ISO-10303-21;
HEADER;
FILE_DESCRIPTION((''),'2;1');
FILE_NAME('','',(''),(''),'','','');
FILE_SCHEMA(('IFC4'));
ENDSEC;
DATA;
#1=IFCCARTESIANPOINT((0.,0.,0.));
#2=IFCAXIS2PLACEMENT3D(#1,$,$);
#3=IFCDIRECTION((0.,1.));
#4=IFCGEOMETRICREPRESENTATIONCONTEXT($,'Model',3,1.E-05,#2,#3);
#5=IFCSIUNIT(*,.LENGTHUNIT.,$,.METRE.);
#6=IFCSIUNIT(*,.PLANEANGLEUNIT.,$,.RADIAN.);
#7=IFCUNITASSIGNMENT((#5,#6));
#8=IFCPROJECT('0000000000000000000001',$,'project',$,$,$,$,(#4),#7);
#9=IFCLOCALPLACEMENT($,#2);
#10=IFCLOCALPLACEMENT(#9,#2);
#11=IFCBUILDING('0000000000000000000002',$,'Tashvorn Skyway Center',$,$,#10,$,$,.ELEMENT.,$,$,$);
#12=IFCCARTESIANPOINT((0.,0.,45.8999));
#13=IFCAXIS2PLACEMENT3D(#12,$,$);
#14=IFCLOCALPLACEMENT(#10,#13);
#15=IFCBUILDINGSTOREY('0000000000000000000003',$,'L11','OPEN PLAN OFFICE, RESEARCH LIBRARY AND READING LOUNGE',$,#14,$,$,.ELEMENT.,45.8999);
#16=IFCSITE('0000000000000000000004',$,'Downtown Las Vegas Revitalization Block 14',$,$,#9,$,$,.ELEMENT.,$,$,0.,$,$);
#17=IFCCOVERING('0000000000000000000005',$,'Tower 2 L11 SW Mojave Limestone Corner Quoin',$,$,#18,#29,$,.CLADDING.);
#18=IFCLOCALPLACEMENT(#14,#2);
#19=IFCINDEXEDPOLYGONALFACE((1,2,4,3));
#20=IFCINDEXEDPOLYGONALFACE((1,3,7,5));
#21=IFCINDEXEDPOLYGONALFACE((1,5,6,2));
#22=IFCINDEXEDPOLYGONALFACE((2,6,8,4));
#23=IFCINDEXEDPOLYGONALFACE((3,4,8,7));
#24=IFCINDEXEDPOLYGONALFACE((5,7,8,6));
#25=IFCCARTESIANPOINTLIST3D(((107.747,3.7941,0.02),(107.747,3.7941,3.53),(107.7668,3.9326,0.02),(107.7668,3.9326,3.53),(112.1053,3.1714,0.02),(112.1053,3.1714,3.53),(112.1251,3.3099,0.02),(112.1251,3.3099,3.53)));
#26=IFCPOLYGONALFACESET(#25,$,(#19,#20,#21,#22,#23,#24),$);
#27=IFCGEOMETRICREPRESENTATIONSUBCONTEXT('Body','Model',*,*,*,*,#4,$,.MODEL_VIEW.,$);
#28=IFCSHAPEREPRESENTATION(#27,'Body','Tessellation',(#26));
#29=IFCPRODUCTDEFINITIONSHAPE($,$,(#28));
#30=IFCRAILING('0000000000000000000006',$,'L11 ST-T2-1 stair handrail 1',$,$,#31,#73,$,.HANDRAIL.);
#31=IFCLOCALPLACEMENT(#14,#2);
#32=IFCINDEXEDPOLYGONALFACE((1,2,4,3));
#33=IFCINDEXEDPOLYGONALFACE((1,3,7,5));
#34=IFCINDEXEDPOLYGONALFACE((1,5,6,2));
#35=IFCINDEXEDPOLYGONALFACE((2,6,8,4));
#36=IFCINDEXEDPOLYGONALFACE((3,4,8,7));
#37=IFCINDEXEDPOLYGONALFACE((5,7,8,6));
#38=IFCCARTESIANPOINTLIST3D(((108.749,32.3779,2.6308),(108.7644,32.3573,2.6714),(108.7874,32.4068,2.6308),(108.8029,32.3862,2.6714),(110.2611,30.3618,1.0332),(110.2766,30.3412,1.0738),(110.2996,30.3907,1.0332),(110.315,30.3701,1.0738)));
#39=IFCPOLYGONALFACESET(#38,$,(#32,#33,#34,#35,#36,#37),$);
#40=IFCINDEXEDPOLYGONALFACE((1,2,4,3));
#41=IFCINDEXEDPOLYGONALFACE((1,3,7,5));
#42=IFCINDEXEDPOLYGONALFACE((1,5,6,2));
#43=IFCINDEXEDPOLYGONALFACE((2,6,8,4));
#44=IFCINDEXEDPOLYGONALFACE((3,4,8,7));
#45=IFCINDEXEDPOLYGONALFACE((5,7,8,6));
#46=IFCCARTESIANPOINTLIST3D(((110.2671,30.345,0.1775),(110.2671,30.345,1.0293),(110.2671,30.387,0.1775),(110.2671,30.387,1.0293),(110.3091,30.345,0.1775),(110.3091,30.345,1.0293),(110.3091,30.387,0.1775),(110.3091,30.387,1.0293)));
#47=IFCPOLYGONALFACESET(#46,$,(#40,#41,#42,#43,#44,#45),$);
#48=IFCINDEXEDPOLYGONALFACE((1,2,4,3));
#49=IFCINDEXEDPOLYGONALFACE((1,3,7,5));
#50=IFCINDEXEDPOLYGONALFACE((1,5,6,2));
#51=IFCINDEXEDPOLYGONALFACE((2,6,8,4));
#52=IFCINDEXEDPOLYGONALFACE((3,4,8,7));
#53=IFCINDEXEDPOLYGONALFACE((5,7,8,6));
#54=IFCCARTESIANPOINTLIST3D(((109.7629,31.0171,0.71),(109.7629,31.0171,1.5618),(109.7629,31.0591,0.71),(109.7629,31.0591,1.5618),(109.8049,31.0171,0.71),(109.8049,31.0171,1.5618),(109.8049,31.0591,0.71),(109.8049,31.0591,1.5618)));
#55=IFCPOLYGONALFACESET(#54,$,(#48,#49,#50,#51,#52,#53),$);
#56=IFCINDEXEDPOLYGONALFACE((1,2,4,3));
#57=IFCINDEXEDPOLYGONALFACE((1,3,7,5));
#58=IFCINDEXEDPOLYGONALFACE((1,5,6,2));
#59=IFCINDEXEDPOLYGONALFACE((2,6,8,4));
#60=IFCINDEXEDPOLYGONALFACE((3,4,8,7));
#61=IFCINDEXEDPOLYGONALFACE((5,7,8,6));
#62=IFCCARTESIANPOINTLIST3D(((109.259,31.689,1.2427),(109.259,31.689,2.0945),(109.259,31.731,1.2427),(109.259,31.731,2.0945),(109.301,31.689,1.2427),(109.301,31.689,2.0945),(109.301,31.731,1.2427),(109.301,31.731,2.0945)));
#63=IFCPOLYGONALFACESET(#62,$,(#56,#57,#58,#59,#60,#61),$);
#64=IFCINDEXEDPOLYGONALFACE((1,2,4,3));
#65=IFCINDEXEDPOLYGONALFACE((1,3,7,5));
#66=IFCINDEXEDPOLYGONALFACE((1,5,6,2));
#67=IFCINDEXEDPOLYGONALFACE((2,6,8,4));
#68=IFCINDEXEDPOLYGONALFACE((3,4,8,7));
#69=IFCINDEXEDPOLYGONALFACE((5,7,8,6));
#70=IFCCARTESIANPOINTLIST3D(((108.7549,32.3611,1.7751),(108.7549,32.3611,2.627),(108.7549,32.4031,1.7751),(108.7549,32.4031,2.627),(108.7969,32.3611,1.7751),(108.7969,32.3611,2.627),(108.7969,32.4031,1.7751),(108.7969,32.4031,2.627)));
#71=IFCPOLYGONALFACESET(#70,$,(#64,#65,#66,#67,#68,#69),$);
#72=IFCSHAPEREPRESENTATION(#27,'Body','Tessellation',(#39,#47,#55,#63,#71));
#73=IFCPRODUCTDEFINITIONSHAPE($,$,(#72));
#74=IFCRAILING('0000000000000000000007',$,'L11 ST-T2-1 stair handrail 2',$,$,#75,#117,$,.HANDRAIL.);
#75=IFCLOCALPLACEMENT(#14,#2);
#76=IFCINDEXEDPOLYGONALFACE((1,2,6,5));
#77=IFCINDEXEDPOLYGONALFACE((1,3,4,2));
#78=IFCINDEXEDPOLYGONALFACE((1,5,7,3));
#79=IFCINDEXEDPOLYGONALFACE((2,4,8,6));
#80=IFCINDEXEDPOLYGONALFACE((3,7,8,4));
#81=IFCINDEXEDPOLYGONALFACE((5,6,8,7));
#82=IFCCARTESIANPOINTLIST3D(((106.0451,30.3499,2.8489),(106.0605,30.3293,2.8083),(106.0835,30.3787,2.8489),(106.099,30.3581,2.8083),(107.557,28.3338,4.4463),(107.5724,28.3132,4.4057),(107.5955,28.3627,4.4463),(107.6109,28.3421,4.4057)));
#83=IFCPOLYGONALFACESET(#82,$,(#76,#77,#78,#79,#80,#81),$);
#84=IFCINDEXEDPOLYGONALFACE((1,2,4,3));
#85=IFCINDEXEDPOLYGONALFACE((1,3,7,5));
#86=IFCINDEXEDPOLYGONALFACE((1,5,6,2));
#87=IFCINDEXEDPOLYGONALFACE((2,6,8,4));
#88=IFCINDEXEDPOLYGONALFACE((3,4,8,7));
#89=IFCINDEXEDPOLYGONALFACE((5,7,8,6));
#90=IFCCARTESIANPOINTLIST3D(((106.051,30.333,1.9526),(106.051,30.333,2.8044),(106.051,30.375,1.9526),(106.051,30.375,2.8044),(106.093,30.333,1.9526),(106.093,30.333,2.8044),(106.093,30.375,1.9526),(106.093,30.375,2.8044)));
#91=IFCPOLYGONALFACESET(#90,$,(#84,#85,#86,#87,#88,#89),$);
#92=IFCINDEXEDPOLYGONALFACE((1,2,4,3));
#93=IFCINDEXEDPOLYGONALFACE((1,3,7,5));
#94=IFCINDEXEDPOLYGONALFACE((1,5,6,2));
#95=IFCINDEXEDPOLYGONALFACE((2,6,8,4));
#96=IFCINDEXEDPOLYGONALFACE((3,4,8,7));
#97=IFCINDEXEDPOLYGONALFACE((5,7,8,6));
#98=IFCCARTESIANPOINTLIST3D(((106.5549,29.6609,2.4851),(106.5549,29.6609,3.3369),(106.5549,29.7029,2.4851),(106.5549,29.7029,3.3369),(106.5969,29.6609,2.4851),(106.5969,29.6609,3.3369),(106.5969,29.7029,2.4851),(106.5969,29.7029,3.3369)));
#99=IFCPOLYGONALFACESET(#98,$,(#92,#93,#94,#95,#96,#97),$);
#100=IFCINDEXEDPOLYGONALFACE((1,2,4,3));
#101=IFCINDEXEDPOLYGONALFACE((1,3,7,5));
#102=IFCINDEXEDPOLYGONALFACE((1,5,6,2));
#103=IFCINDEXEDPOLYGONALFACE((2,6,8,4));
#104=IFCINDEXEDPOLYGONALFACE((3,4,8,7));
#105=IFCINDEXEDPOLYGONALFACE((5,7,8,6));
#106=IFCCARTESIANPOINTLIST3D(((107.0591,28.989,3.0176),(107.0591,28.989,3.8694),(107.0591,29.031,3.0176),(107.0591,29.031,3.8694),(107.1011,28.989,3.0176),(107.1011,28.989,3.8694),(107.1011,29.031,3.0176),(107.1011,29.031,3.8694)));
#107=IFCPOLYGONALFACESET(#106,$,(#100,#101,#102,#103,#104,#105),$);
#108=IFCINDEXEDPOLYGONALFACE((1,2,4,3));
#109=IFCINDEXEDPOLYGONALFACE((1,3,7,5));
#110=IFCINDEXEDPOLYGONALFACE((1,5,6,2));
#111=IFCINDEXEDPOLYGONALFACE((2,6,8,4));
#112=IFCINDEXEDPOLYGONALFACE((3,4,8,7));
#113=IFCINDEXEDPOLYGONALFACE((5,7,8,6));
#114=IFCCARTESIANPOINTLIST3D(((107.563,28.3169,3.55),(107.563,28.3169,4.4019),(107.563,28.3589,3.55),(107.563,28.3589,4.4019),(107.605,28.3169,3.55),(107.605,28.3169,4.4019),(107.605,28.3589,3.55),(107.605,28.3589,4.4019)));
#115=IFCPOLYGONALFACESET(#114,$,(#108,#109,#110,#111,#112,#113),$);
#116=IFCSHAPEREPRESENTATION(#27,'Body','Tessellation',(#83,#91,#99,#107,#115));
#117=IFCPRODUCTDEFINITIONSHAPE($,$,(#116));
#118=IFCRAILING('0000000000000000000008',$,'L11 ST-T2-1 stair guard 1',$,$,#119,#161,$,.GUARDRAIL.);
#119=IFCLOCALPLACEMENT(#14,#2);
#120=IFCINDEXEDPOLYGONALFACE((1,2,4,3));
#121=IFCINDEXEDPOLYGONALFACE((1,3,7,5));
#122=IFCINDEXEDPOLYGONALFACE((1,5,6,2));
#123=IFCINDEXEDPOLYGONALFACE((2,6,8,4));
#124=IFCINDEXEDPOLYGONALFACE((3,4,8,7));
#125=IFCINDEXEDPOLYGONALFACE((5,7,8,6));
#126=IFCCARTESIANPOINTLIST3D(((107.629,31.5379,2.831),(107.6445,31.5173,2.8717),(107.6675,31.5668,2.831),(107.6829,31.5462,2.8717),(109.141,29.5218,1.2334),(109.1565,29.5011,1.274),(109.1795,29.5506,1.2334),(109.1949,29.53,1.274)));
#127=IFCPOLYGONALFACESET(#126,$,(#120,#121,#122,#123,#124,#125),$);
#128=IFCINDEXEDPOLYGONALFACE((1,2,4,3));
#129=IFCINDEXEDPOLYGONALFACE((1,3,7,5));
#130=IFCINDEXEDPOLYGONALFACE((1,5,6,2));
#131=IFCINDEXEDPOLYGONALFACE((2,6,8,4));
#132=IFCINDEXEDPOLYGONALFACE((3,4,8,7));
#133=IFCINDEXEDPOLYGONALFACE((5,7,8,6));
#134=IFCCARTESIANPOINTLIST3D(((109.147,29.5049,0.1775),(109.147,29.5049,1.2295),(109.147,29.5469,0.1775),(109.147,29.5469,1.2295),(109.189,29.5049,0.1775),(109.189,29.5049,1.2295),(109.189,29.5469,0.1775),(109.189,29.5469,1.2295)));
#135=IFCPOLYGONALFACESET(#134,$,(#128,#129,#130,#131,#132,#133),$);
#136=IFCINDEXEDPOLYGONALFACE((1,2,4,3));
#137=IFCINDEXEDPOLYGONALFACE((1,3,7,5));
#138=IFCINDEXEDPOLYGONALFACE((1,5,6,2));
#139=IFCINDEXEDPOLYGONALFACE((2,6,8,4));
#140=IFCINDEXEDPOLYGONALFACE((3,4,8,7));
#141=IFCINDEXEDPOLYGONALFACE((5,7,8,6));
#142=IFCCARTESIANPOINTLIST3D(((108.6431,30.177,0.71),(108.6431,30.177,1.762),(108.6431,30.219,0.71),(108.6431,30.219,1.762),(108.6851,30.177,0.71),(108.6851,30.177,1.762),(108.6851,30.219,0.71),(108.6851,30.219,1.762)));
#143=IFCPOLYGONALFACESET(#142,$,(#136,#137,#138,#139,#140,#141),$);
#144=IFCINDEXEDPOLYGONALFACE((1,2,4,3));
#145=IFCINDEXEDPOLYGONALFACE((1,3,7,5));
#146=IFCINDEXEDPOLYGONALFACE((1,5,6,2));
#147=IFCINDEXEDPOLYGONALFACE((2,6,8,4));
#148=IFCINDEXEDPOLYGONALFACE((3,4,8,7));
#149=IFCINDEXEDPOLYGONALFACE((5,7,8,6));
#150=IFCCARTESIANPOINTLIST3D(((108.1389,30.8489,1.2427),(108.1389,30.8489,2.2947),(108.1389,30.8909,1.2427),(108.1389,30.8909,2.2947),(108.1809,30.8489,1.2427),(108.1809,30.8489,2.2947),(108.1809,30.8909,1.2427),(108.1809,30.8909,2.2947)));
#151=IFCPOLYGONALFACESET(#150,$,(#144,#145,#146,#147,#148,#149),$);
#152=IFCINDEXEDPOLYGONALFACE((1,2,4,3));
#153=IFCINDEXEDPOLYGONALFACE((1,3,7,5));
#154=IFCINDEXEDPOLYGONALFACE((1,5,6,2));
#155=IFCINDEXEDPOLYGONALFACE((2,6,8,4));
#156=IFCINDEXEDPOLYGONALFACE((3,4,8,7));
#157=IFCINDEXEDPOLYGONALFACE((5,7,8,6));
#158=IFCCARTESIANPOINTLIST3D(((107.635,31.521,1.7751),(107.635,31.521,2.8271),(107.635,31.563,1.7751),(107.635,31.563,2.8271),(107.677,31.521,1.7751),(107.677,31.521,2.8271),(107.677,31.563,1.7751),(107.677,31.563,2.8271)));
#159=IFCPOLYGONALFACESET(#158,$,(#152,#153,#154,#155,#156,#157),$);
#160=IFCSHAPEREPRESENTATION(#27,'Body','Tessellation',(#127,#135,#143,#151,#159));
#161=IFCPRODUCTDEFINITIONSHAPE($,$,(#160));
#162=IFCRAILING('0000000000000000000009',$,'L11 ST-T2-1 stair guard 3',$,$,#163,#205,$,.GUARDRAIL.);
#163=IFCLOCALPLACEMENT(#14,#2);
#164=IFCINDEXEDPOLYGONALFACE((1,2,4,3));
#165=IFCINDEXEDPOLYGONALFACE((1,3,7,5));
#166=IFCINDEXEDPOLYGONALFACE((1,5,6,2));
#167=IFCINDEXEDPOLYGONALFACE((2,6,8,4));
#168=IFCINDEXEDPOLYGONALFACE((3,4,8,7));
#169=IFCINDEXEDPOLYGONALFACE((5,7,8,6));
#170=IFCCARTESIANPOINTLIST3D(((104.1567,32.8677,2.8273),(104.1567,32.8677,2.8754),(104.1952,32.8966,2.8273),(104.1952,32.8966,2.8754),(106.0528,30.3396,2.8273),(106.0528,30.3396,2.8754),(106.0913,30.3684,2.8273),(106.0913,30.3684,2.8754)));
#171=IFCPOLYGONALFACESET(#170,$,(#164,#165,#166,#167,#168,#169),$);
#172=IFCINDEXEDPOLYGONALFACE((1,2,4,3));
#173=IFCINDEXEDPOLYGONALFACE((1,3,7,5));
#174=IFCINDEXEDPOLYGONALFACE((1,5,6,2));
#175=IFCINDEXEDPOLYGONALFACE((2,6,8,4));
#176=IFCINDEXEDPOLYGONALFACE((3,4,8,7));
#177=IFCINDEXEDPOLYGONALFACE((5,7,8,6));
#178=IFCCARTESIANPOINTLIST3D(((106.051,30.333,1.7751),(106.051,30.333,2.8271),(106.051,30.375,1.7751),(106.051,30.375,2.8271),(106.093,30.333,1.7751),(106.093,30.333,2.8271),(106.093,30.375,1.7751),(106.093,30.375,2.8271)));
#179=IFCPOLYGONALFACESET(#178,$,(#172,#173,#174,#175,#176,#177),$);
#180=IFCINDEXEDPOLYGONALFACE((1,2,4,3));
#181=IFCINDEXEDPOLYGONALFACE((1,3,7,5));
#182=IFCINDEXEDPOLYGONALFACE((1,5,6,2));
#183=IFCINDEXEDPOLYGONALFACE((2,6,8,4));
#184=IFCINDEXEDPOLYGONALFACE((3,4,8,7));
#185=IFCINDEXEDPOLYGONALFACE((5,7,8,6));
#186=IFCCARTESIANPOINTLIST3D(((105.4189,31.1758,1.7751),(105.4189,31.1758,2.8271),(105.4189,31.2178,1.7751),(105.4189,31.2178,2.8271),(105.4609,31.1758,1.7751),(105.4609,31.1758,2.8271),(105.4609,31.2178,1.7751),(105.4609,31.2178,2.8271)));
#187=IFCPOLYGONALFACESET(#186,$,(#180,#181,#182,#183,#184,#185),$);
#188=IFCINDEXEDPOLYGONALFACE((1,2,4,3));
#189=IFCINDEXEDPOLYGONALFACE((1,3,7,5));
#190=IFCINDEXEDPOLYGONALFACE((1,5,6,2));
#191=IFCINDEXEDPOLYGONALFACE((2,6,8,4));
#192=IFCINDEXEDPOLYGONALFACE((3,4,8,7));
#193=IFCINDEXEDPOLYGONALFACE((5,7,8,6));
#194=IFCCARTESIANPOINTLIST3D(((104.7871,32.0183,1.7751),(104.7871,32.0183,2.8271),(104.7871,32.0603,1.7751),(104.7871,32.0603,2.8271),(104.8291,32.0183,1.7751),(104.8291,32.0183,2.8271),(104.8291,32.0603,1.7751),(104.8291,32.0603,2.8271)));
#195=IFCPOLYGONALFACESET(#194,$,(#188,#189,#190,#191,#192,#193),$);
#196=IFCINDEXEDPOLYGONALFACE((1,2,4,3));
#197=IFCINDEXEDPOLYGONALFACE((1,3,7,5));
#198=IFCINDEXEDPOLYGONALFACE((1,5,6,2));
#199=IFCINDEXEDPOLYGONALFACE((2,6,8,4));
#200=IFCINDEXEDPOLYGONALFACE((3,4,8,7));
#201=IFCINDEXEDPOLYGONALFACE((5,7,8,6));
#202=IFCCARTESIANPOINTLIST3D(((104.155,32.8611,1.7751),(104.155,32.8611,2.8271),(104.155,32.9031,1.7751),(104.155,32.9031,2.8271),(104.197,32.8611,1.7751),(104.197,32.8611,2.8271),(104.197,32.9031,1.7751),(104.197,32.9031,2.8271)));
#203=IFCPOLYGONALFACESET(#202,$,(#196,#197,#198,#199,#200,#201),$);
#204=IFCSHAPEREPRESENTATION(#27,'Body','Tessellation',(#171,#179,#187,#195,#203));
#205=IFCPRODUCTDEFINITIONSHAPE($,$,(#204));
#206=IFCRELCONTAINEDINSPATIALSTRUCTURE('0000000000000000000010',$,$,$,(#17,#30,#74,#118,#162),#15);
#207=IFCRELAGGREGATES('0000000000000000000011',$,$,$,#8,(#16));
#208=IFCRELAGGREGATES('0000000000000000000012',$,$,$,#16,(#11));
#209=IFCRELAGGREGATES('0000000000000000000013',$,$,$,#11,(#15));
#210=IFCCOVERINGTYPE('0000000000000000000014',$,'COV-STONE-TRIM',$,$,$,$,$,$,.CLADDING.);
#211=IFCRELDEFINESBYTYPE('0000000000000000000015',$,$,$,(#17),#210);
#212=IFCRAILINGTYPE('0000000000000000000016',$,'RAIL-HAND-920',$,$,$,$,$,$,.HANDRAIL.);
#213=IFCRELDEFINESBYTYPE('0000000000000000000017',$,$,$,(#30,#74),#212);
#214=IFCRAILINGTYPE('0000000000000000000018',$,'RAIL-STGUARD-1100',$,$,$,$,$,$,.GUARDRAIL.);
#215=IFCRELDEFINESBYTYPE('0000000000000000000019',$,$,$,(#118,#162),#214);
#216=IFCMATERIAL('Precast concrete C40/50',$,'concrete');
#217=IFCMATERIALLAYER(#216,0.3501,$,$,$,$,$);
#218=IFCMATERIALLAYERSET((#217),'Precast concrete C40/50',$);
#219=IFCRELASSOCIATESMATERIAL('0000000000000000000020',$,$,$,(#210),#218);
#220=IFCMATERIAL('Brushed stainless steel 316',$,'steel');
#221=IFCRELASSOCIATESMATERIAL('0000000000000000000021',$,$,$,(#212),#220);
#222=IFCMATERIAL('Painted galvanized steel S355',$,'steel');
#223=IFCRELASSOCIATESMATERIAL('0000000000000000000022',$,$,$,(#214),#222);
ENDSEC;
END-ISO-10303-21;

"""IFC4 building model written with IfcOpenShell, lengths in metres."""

from ifc_helpers import new_model, si_unit, direction, frame, origin, origin_2d, place, context, subcontext, project, spatial, rectangle, extrude, material, layer, layer_set, type_object, element, save


model = new_model("IFC4")

# Units and contexts
model_context = context("Model", 3, precision=1e-05, world=origin(), true_north=direction((0.0, 1.0)))
body_context = subcontext(model_context, "Body", "Model", "MODEL_VIEW")
ifc_project = project(units=[si_unit("LENGTHUNIT", "METRE"), si_unit("PLANEANGLEUNIT", "RADIAN")], contexts=[model_context])

# Site, building, storey
site_placement = place(None, origin())
site = spatial("IfcSite", under=ifc_project, at=site_placement, Name="Downtown Las Vegas Revitalization Block 14", CompositionType="ELEMENT", RefElevation=0.0)
building_placement = place(site_placement, origin())
building = spatial("IfcBuilding", under=site, at=building_placement, Name="Tashvorn Skyway Center", CompositionType="ELEMENT")
storey_placement = place(building_placement, frame((0.0, 0.0, 45.8999)))
storey = spatial("IfcBuildingStorey", under=building, at=storey_placement, Name="L11", Description="OPEN PLAN OFFICE, RESEARCH LIBRARY AND READING LOUNGE", CompositionType="ELEMENT", Elevation=45.8999)

# Covering
ifc_material_1 = material(Name="Precast concrete C40/50", Category="concrete")
ifc_layer_1 = layer(ifc_material_1, 0.3501)
ifc_layer_set_1 = layer_set([ifc_layer_1], Name="Precast concrete C40/50")
covering_type_1 = type_object("IfcCoveringType", Name="COV-STONE-TRIM", PredefinedType="CLADDING", material=ifc_layer_set_1)
covering_1_placement = place(storey_placement, frame((109.936, 3.552, 0.02), z_axis=(0.0, 0.0, 1.0), x_axis=(-0.989949, 0.141421, 0.0)))
element("IfcCovering", 1, at=covering_1_placement, inside=storey, type_object=covering_type_1, Name="Tower 2 L11 SW Mojave Limestone Corner Quoin", PredefinedType="CLADDING", context=body_context, shape_type="SweptSolid", body=[
    extrude(rectangle(XDim=4.4026, YDim=0.1399, at=origin_2d()), origin(), (0.0, 0.0, 1.0), 3.51),
])

# Railings
ifc_material_2 = material(Name="Brushed stainless steel 316", Category="steel")
railing_type_1 = type_object("IfcRailingType", Name="RAIL-HAND-920", PredefinedType="HANDRAIL", material=ifc_material_2)
railing_1_placement = place(storey_placement, frame((110.2881, 30.366, 0.1775)))
element("IfcRailing", 2, at=railing_1_placement, inside=storey, type_object=railing_type_1, Name="L11 ST-T2-1 stair handrail 1", PredefinedType="HANDRAIL", context=body_context, shape_type="SweptSolid", body=[
    extrude(rectangle(XDim=0.0481, YDim=0.0481, at=origin_2d()), frame((0.0, 0.0, 0.876), z_axis=(-0.506779, 0.675651, 0.535416), x_axis=(-0.799977, -0.600031, 0.0)), (0.0, 0.0, 1.0), 2.9839),
    extrude(rectangle(XDim=0.042, YDim=0.042, at=origin_2d()), origin(), (0.0, 0.0, 1.0), 0.8518),
    extrude(rectangle(XDim=0.042, YDim=0.042, at=origin_2d()), frame((-0.5042, 0.6721, 0.5325)), (0.0, 0.0, 1.0), 0.8518),
    extrude(rectangle(XDim=0.042, YDim=0.042, at=origin_2d()), frame((-1.0081, 1.344, 1.0652)), (0.0, 0.0, 1.0), 0.8518),
    extrude(rectangle(XDim=0.042, YDim=0.042, at=origin_2d()), frame((-1.5122, 2.0161, 1.5977)), (0.0, 0.0, 1.0), 0.8518),
])
railing_2_placement = place(storey_placement, frame((106.072, 30.354, 1.9526)))
element("IfcRailing", 3, at=railing_2_placement, inside=storey, type_object=railing_type_1, Name="L11 ST-T2-1 stair handrail 2", PredefinedType="HANDRAIL", context=body_context, shape_type="SweptSolid", body=[
    extrude(rectangle(XDim=0.0481, YDim=0.0481, at=origin_2d()), frame((0.0, 0.0, 0.876), z_axis=(0.506741, -0.675709, 0.535379), x_axis=(0.800023, 0.599969, 0.0)), (0.0, 0.0, 1.0), 2.9836),
    extrude(rectangle(XDim=0.042, YDim=0.042, at=origin_2d()), origin(), (0.0, 0.0, 1.0), 0.8518),
    extrude(rectangle(XDim=0.042, YDim=0.042, at=origin_2d()), frame((0.5039, -0.6721, 0.5325)), (0.0, 0.0, 1.0), 0.8518),
    extrude(rectangle(XDim=0.042, YDim=0.042, at=origin_2d()), frame((1.0081, -1.344, 1.0649)), (0.0, 0.0, 1.0), 0.8518),
    extrude(rectangle(XDim=0.042, YDim=0.042, at=origin_2d()), frame((1.512, -2.0161, 1.5974)), (0.0, 0.0, 1.0), 0.8518),
])
ifc_material_3 = material(Name="Painted galvanized steel S355", Category="steel")
railing_type_2 = type_object("IfcRailingType", Name="RAIL-STGUARD-1100", PredefinedType="GUARDRAIL", material=ifc_material_3)
railing_3_placement = place(storey_placement, frame((109.168, 29.5259, 0.1775)))
element("IfcRailing", 4, at=railing_3_placement, inside=storey, type_object=railing_type_2, Name="L11 ST-T2-1 stair guard 1", PredefinedType="GUARDRAIL", context=body_context, shape_type="SweptSolid", body=[
    extrude(rectangle(XDim=0.0481, YDim=0.0481, at=origin_2d()), frame((0.0, 0.0, 1.0762), z_axis=(-0.506719, 0.675679, 0.535438), x_axis=(-0.800023, -0.599969, 0.0)), (0.0, 0.0, 1.0), 2.9839),
    extrude(rectangle(XDim=0.042, YDim=0.042, at=origin_2d()), origin(), (0.0, 0.0, 1.0), 1.052),
    extrude(rectangle(XDim=0.042, YDim=0.042, at=origin_2d()), frame((-0.5039, 0.6721, 0.5325)), (0.0, 0.0, 1.0), 1.052),
    extrude(rectangle(XDim=0.042, YDim=0.042, at=origin_2d()), frame((-1.0081, 1.344, 1.0652)), (0.0, 0.0, 1.0), 1.052),
    extrude(rectangle(XDim=0.042, YDim=0.042, at=origin_2d()), frame((-1.512, 2.0161, 1.5977)), (0.0, 0.0, 1.0), 1.052),
])
railing_4_placement = place(storey_placement, frame((106.072, 30.354, 1.7751)))
element("IfcRailing", 5, at=railing_4_placement, inside=storey, type_object=railing_type_2, Name="L11 ST-T2-1 stair guard 3", PredefinedType="GUARDRAIL", context=body_context, shape_type="SweptSolid", body=[
    extrude(rectangle(XDim=0.0481, YDim=0.0481, at=origin_2d()), frame((0.0, 0.0, 1.0762), z_axis=(-0.599988, 0.800009, 0.0), x_axis=(-0.800009, -0.599988, 0.0)), (0.0, 0.0, 1.0), 3.1602),
    extrude(rectangle(XDim=0.042, YDim=0.042, at=origin_2d()), origin(), (0.0, 0.0, 1.0), 1.052),
    extrude(rectangle(XDim=0.042, YDim=0.042, at=origin_2d()), frame((-0.6321, 0.8428, 0.0)), (0.0, 0.0, 1.0), 1.052),
    extrude(rectangle(XDim=0.042, YDim=0.042, at=origin_2d()), frame((-1.2639, 1.6853, 0.0)), (0.0, 0.0, 1.0), 1.052),
    extrude(rectangle(XDim=0.042, YDim=0.042, at=origin_2d()), frame((-1.896, 2.5281, 0.0)), (0.0, 0.0, 1.0), 1.052),
])

save(model, "model.ifc")
